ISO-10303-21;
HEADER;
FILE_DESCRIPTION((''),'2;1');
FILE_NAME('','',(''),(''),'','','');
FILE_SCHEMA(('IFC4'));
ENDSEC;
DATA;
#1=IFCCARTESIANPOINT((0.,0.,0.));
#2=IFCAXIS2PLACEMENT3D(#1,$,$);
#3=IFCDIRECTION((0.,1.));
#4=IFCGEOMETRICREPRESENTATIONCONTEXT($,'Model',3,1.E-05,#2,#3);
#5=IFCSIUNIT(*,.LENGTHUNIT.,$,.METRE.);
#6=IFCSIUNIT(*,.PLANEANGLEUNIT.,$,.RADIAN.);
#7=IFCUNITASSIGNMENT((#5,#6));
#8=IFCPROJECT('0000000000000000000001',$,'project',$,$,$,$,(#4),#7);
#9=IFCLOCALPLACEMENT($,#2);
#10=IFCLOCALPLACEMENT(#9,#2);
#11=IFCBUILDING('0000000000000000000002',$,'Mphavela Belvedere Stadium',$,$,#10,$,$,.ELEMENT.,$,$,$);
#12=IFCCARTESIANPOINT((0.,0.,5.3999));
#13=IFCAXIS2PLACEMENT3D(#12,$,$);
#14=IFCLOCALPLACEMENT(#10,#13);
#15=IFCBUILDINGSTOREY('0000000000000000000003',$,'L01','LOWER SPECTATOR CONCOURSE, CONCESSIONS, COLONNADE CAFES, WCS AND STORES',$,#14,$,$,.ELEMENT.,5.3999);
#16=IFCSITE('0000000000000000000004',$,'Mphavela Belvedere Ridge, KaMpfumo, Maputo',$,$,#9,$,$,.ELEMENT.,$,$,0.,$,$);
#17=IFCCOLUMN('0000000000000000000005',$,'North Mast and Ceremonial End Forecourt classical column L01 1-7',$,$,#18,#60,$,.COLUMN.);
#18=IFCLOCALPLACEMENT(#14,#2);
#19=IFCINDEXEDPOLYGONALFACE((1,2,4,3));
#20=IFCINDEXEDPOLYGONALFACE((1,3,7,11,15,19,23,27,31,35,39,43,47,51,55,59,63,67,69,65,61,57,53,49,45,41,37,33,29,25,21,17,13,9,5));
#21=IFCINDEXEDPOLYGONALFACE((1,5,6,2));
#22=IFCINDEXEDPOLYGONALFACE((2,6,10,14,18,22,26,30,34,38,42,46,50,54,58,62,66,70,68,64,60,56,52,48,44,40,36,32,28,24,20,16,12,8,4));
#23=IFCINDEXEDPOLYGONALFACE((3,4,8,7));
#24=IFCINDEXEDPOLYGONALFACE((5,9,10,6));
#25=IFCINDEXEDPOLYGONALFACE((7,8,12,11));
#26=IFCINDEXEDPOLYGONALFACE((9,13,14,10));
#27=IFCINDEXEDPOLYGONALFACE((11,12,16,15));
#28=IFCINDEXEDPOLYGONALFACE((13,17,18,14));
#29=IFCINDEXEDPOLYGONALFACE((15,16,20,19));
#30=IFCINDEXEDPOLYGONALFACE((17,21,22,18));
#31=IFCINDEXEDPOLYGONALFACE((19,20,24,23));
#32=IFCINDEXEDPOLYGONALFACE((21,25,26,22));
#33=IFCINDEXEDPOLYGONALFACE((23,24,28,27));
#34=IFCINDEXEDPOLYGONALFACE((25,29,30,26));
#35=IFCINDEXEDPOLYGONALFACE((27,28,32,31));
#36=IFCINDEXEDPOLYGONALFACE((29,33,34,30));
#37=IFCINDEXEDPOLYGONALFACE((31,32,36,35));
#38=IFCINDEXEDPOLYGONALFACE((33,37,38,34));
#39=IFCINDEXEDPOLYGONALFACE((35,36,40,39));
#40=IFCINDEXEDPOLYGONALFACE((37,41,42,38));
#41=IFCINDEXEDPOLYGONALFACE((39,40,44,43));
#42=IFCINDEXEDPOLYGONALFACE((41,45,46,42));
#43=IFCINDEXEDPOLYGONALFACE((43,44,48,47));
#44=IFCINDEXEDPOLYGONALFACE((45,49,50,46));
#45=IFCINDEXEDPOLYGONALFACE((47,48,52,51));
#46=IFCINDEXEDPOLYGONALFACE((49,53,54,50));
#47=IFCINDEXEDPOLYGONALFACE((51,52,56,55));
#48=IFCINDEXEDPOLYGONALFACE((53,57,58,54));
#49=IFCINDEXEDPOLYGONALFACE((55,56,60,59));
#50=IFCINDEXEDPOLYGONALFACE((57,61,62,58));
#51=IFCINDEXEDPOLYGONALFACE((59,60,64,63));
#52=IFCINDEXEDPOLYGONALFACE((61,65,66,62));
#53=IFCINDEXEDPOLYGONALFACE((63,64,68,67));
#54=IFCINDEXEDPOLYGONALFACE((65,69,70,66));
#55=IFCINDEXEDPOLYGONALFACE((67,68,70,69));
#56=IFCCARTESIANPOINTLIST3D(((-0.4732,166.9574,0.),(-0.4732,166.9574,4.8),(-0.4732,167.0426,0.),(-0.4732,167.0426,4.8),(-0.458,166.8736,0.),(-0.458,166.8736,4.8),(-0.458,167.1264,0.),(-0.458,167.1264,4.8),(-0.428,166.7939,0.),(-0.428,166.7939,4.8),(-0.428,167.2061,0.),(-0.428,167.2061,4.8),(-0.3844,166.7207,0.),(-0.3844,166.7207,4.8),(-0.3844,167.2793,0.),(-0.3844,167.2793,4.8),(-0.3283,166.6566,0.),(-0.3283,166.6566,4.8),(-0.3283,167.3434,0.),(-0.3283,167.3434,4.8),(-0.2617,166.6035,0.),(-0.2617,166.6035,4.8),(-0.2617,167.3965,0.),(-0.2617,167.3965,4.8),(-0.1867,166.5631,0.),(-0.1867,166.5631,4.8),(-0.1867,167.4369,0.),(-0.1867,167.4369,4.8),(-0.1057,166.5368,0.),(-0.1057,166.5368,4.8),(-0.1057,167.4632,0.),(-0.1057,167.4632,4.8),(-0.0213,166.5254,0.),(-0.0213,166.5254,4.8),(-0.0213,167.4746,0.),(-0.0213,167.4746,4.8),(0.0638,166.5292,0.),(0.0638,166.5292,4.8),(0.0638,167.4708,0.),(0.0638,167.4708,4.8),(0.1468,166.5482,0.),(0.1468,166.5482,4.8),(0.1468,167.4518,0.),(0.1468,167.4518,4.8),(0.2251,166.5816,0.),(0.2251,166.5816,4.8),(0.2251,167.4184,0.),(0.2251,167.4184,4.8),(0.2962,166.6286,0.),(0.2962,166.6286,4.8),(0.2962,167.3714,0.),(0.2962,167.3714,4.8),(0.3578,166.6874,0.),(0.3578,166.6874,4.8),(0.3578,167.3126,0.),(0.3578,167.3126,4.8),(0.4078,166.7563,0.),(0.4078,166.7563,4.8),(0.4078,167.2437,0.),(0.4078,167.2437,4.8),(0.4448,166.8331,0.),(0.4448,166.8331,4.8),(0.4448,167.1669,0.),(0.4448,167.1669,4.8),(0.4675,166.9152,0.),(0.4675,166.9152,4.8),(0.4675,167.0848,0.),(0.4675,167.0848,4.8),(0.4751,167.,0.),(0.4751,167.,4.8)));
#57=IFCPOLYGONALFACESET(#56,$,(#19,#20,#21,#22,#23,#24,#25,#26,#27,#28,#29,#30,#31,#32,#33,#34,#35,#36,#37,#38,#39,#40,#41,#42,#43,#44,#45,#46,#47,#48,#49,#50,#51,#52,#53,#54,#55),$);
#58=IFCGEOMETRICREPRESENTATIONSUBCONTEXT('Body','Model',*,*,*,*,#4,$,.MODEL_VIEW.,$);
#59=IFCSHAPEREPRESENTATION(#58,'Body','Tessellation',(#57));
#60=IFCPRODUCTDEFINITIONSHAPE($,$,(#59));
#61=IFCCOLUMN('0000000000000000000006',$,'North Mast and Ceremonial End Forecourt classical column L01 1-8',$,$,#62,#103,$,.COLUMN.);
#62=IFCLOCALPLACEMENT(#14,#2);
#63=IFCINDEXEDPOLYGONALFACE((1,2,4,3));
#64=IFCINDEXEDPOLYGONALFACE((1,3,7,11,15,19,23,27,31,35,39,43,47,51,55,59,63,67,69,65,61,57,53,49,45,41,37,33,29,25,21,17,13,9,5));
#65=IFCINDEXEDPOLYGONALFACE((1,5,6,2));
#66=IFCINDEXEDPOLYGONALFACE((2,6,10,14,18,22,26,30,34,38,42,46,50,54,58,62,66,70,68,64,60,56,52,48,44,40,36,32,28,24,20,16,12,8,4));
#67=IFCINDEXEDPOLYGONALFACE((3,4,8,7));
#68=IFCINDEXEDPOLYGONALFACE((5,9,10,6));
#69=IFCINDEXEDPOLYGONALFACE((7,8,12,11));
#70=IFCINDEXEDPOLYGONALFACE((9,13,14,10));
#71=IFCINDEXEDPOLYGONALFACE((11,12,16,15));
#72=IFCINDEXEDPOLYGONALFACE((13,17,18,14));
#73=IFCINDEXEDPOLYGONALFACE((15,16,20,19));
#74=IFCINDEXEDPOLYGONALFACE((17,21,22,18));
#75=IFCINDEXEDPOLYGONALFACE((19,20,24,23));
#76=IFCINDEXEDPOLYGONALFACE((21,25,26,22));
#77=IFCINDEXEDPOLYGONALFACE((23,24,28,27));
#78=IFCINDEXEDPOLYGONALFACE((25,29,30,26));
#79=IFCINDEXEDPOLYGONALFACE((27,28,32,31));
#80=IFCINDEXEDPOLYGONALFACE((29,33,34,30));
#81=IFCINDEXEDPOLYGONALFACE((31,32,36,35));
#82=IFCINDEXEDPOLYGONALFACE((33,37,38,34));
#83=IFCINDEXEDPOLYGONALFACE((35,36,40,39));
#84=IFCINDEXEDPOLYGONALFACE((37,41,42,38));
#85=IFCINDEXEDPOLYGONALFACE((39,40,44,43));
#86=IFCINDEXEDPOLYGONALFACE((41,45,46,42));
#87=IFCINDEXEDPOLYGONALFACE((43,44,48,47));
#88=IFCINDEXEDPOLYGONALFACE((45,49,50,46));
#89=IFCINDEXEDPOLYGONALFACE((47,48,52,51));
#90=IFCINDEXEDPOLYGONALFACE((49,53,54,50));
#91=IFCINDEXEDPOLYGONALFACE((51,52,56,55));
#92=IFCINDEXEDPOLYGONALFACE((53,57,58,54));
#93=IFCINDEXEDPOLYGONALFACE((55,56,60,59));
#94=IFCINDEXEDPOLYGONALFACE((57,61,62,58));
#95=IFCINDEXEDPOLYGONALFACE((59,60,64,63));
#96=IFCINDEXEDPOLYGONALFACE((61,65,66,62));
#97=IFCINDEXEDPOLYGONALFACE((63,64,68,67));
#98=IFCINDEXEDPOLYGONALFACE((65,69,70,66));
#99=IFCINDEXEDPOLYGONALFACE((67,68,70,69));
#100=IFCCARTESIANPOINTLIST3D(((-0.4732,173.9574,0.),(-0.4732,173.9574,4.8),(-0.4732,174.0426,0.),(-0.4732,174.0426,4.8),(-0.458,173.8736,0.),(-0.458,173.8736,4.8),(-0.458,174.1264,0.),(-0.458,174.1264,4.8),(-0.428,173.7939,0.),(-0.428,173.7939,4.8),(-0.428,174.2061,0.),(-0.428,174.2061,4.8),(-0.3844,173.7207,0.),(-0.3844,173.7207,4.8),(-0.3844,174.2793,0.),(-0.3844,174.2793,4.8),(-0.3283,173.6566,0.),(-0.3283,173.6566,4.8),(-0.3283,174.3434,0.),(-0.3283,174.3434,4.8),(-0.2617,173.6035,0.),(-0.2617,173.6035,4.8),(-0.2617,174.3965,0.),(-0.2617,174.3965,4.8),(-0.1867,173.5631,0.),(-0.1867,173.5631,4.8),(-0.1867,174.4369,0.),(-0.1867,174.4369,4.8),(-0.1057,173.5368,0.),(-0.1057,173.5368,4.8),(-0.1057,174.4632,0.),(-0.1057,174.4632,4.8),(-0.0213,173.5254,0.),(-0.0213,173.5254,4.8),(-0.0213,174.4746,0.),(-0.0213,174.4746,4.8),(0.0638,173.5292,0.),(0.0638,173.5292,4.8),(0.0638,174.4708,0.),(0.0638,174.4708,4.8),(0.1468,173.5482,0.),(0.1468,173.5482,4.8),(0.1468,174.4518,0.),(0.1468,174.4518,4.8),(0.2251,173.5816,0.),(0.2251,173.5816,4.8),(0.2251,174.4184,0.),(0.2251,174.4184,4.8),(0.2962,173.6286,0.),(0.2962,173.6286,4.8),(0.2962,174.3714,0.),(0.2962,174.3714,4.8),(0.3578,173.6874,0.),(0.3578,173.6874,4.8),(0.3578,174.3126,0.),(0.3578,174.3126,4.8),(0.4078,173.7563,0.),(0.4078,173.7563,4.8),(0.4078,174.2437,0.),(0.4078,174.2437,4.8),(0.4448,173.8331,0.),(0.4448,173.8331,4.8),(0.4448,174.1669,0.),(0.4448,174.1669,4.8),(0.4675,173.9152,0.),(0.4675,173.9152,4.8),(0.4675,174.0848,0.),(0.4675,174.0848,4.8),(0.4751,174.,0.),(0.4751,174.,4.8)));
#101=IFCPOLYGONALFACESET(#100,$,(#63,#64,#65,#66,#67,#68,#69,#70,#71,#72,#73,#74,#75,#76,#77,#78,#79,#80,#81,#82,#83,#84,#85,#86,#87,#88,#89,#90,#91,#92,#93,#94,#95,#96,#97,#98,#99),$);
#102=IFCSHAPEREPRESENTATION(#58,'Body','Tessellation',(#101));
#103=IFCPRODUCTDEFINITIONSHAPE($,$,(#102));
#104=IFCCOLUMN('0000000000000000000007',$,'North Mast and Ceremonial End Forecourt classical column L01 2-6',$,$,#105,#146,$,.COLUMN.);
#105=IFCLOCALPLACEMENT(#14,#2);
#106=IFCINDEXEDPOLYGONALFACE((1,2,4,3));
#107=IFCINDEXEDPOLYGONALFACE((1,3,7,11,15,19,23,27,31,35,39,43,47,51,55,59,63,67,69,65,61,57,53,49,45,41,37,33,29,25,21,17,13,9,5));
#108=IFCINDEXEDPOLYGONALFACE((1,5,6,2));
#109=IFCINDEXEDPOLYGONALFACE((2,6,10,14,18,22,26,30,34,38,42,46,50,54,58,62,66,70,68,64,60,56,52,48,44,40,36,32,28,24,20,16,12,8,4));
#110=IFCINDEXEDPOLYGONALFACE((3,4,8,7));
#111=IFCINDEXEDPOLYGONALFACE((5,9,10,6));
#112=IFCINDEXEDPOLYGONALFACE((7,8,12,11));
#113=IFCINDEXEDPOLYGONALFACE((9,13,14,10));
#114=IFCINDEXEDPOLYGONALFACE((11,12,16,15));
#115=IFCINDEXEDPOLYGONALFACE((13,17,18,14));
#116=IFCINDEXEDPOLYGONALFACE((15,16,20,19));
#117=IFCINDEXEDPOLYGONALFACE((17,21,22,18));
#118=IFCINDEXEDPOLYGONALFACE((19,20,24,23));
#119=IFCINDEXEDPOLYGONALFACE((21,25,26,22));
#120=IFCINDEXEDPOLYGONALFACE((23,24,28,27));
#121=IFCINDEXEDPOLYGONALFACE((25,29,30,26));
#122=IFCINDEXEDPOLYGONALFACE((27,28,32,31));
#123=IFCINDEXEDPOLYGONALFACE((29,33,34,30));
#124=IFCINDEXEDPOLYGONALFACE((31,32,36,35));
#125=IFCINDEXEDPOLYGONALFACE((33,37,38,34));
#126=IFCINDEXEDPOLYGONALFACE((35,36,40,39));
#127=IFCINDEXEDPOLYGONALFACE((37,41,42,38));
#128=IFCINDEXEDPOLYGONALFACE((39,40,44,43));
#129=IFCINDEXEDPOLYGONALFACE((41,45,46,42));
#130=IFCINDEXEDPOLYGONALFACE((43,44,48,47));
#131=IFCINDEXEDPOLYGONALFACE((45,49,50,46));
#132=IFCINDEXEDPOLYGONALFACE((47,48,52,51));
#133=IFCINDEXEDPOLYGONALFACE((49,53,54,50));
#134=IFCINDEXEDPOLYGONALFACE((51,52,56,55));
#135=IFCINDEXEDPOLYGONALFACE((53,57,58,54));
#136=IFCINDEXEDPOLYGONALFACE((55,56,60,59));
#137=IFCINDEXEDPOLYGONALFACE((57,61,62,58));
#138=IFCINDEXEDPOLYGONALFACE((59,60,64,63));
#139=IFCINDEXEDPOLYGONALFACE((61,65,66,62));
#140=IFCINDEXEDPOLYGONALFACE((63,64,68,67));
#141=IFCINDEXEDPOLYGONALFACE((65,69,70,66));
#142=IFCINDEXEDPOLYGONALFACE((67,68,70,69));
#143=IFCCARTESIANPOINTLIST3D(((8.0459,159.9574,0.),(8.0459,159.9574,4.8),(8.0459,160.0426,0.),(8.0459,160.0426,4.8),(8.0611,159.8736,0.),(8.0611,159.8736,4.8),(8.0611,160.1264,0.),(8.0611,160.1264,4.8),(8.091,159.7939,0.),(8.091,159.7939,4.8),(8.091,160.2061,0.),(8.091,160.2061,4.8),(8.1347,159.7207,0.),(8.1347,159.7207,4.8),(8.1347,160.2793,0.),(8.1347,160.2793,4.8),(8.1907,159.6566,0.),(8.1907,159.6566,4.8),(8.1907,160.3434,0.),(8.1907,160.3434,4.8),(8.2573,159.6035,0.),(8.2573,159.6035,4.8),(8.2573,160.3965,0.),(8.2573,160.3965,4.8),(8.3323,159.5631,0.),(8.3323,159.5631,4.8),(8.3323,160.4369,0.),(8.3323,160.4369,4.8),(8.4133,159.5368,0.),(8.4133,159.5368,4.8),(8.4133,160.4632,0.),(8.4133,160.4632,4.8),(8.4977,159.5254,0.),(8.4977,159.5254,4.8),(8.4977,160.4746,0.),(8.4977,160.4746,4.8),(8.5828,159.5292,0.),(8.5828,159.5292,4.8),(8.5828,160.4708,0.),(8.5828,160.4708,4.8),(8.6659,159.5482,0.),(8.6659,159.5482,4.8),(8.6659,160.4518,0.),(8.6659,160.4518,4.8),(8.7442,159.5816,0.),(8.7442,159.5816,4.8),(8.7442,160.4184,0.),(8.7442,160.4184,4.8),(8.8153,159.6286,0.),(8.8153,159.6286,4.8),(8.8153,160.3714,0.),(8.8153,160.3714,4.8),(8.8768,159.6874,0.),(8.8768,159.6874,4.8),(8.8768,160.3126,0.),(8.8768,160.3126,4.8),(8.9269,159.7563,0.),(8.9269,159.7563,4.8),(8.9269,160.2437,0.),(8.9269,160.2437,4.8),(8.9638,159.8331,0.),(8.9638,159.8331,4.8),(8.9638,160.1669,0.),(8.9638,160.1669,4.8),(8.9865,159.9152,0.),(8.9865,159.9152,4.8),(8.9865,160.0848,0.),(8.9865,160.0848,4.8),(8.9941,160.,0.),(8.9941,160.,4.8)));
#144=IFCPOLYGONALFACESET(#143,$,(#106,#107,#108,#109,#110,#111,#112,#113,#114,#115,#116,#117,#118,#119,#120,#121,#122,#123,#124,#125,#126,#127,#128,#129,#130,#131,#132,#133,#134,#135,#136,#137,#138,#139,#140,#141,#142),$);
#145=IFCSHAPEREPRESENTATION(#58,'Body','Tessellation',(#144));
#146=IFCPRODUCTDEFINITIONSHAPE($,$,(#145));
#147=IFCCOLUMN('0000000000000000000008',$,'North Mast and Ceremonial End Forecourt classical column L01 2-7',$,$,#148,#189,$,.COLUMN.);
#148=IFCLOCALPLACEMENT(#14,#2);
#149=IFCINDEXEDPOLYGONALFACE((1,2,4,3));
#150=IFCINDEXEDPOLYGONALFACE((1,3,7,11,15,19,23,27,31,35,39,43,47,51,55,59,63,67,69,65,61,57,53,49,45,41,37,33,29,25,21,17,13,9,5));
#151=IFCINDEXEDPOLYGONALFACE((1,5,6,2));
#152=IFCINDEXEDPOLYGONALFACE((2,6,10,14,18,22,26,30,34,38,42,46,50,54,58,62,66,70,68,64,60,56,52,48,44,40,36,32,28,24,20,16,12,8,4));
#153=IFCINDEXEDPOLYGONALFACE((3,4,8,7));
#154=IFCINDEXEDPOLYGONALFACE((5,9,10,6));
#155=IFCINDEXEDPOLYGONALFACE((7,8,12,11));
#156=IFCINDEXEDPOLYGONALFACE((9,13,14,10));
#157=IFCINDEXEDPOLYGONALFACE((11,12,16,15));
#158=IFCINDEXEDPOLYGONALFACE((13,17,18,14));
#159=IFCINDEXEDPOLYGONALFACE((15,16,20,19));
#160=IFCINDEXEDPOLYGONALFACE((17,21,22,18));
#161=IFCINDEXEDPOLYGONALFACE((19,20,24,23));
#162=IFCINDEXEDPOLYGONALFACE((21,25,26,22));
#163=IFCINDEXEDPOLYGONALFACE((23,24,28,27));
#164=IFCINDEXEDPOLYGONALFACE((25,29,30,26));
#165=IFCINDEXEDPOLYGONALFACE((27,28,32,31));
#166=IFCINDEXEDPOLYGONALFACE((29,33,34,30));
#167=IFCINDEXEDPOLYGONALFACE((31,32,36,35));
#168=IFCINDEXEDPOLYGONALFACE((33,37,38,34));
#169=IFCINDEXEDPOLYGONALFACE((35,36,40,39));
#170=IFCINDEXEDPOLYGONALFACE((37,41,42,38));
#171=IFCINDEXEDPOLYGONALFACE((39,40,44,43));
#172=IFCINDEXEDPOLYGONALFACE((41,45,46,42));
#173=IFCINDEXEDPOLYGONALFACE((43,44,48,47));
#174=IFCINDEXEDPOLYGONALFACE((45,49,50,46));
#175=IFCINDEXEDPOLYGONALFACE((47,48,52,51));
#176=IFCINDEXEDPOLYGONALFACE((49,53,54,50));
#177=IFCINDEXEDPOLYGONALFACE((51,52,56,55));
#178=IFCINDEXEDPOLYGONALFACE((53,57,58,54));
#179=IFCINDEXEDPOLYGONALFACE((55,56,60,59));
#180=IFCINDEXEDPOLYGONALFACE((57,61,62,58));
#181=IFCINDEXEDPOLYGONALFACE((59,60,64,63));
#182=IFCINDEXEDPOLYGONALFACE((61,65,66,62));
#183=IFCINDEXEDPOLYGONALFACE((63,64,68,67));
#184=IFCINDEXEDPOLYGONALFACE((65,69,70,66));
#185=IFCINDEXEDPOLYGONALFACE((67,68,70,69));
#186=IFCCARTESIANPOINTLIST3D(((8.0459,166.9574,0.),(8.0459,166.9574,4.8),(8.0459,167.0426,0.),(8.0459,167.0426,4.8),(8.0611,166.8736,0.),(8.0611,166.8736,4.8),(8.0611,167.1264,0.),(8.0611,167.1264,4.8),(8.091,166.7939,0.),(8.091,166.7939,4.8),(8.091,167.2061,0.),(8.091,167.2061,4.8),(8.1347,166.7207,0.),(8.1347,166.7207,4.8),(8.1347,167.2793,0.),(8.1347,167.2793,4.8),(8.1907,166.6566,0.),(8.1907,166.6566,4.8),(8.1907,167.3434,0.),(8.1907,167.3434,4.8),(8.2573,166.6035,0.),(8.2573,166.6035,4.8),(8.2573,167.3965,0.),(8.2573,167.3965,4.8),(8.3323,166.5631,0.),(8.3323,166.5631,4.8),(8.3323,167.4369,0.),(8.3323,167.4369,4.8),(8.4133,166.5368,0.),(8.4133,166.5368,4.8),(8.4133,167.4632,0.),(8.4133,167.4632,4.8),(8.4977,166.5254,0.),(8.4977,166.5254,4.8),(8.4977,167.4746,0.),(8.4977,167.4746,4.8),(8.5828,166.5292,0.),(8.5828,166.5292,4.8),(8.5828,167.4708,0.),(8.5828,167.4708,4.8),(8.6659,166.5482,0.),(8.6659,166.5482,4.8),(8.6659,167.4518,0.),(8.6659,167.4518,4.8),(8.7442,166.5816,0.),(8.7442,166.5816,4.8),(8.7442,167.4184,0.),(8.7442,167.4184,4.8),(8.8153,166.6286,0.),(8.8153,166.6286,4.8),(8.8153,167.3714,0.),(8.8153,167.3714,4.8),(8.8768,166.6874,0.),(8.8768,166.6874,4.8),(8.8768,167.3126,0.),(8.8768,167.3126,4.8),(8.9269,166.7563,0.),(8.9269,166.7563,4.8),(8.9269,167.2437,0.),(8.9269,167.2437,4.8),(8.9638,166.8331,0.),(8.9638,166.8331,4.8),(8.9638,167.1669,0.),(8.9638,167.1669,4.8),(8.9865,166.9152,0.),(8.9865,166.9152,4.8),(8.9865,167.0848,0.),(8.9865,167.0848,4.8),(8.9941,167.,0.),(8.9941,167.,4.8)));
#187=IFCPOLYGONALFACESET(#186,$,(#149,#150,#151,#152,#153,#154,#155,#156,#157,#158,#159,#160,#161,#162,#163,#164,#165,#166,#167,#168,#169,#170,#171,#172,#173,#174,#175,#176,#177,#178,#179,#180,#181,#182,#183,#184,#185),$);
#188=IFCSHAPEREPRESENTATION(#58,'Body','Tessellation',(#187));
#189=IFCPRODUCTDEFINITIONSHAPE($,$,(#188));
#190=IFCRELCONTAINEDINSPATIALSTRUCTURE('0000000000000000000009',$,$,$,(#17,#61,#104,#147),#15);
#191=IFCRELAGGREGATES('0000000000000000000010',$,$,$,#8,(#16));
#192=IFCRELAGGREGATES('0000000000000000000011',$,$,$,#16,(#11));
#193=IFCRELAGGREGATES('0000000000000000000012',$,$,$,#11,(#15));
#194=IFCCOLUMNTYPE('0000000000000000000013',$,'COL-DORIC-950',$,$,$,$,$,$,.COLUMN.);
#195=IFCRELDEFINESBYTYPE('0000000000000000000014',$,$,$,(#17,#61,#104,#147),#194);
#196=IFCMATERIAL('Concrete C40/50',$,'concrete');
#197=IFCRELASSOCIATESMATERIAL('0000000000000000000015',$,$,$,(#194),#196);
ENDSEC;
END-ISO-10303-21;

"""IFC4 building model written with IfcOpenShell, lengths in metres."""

from ifc_helpers import new_model, si_unit, direction, frame, origin, origin_2d, place, context, subcontext, project, spatial, circle, extrude, material, material_profile, profile_set, type_object, element, save


model = new_model("IFC4")

# Units and contexts
model_context = context("Model", 3, precision=1e-05, world=origin(), true_north=direction((0.0, 1.0)))
body_context = subcontext(model_context, "Body", "Model", "MODEL_VIEW")
ifc_project = project(units=[si_unit("LENGTHUNIT", "METRE"), si_unit("PLANEANGLEUNIT", "RADIAN")], contexts=[model_context])

# Site, building, storey
site_placement = place(None, origin())
site = spatial("IfcSite", under=ifc_project, at=site_placement, Name="Mphavela Belvedere Ridge, KaMpfumo, Maputo", CompositionType="ELEMENT", RefElevation=0.0)
building_placement = place(site_placement, origin())
building = spatial("IfcBuilding", under=site, at=building_placement, Name="Mphavela Belvedere Stadium", CompositionType="ELEMENT")
storey_placement = place(building_placement, frame((0.0, 0.0, 5.3999)))
storey = spatial("IfcBuildingStorey", under=building, at=storey_placement, Name="L01", Description="LOWER SPECTATOR CONCOURSE, CONCESSIONS, COLONNADE CAFES, WCS AND STORES", CompositionType="ELEMENT", Elevation=5.3999)

# Columns
ifc_material_1 = material(Name="Concrete C40/50", Category="concrete")
ifc_material_profile_1 = material_profile(ifc_material_1, circle(Radius=0.4751, at=origin_2d()), Name="COL D950")
ifc_profile_set_1 = profile_set([ifc_material_profile_1], Name="Concrete C40/50")
column_type = type_object("IfcColumnType", Name="COL-DORIC-950", PredefinedType="COLUMN", material=ifc_profile_set_1)
for number, where, z_axis, x_axis, name in (
    (1, (0.0, 167.0, 0.0), (0.0, 0.0, 1.0), (1.0, 0.0, 0.0), "North Mast and Ceremonial End Forecourt classical column L01 1-7"),
    (2, (0.0, 174.0, 0.0), (0.0, 0.0, 1.0), (1.0, 0.0, 0.0), "North Mast and Ceremonial End Forecourt classical column L01 1-8"),
    (3, (8.519, 160.0, 0.0), (0.0, 0.0, 1.0), (1.0, 0.0, 0.0), "North Mast and Ceremonial End Forecourt classical column L01 2-6"),
    (4, (8.519, 167.0, 0.0), (0.0, 0.0, 1.0), (1.0, 0.0, 0.0), "North Mast and Ceremonial End Forecourt classical column L01 2-7"),
):
    element("IfcColumn", number, at=place(storey_placement, frame(where, z_axis=z_axis, x_axis=x_axis)), inside=storey, type_object=column_type, Name=name, PredefinedType="COLUMN", context=body_context, shape_type="SweptSolid", body=[
        extrude(circle(Radius=0.4751, at=origin_2d()), origin(), (0.0, 0.0, 1.0), 4.8),
    ])

save(model, "model.ifc")
